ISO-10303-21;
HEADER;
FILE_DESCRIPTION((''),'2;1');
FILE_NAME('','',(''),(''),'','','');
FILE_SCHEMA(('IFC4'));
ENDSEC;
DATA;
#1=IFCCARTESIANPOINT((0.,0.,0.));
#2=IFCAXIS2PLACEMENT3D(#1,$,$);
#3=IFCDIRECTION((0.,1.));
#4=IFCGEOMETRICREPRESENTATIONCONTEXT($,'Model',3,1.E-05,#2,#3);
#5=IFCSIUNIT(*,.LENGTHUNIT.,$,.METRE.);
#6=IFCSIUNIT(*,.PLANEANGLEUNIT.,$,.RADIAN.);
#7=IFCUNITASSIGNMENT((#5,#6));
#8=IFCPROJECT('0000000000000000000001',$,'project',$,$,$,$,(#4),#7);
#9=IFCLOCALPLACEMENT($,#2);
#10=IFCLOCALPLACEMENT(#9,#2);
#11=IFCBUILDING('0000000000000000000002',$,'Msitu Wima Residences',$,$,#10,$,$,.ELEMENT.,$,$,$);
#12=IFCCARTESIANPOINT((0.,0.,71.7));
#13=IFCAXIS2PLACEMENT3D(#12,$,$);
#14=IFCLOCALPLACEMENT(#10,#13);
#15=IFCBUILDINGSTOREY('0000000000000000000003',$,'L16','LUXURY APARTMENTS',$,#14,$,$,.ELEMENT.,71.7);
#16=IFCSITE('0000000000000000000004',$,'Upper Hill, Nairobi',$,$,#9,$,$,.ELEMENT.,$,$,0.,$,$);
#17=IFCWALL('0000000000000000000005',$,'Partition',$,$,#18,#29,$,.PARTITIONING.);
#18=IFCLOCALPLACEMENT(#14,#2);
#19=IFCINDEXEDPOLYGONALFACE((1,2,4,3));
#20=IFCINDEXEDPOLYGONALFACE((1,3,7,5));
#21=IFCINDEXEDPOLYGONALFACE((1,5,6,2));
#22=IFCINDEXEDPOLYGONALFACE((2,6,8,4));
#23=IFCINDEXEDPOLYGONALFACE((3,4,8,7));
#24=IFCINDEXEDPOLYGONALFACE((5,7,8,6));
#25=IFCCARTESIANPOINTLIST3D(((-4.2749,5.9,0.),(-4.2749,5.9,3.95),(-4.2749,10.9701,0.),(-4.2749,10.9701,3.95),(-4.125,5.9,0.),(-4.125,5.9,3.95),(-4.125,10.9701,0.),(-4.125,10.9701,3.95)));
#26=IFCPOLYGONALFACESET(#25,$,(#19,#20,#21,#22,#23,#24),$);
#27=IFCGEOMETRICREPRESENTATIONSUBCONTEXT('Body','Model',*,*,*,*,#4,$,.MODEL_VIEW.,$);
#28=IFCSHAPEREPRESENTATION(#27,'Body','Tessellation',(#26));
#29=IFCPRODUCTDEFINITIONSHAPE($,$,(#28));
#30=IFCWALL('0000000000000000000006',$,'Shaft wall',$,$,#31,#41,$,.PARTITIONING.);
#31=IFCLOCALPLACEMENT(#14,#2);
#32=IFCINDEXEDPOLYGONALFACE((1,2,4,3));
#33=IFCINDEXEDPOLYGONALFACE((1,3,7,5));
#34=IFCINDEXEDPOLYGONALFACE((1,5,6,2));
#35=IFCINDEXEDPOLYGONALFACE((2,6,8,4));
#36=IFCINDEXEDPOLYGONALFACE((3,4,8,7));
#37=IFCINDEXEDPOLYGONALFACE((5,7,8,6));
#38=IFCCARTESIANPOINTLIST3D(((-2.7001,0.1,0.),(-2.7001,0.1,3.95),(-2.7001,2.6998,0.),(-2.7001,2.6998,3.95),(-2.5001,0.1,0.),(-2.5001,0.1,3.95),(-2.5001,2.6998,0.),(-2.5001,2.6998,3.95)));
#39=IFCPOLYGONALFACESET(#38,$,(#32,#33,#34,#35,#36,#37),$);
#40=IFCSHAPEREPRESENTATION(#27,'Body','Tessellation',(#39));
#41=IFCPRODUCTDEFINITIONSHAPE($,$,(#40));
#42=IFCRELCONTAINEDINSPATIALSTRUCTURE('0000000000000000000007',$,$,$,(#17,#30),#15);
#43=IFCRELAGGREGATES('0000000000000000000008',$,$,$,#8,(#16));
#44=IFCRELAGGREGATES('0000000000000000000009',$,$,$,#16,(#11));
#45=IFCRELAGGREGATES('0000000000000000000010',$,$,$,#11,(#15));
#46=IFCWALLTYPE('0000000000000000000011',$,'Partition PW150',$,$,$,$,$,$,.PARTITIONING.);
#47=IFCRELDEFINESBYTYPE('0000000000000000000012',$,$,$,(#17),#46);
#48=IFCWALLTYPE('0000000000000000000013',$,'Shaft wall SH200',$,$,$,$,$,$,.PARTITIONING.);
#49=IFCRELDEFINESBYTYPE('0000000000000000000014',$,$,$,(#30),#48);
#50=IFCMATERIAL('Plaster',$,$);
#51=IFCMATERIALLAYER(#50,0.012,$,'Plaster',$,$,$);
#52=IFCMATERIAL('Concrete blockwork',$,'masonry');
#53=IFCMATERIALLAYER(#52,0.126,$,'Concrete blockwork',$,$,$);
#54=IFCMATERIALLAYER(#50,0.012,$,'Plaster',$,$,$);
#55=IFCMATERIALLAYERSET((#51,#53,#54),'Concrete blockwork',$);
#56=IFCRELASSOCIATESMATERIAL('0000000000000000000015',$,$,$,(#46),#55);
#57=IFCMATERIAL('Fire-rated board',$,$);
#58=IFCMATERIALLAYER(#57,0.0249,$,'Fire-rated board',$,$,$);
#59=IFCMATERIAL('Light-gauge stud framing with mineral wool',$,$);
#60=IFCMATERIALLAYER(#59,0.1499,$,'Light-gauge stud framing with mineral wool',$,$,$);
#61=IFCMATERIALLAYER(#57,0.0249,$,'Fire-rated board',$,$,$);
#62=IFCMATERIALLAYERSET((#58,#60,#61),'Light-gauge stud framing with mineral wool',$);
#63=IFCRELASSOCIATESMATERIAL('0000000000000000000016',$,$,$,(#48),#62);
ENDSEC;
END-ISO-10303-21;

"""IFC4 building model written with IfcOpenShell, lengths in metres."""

from ifc_helpers import new_model, si_unit, direction, frame, frame_2d, origin, place, context, subcontext, project, spatial, rectangle, extrude, material, layer, layer_set, type_object, element, save


model = new_model("IFC4")

# Units and contexts
model_context = context("Model", 3, precision=1e-05, world=origin(), true_north=direction((0.0, 1.0)))
body_context = subcontext(model_context, "Body", "Model", "MODEL_VIEW")
ifc_project = project(units=[si_unit("LENGTHUNIT", "METRE"), si_unit("PLANEANGLEUNIT", "RADIAN")], contexts=[model_context])

# Site, building, storey
site_placement = place(None, origin())
site = spatial("IfcSite", under=ifc_project, at=site_placement, Name="Upper Hill, Nairobi", CompositionType="ELEMENT", RefElevation=0.0)
building_placement = place(site_placement, origin())
building = spatial("IfcBuilding", under=site, at=building_placement, Name="Msitu Wima Residences", CompositionType="ELEMENT")
storey_placement = place(building_placement, frame((0.0, 0.0, 71.7)))
storey = spatial("IfcBuildingStorey", under=building, at=storey_placement, Name="L16", Description="LUXURY APARTMENTS", CompositionType="ELEMENT", Elevation=71.7)

# Walls
ifc_material_1 = material(Name="Plaster")
ifc_layer_1 = layer(ifc_material_1, 0.012, Name="Plaster")
ifc_material_2 = material(Name="Concrete blockwork", Category="masonry")
ifc_layer_2 = layer(ifc_material_2, 0.126, Name="Concrete blockwork")
ifc_layer_3 = layer(ifc_material_1, 0.012, Name="Plaster")
ifc_layer_set_1 = layer_set([ifc_layer_1, ifc_layer_2, ifc_layer_3], Name="Concrete blockwork")
wall_type_1 = type_object("IfcWallType", Name="Partition PW150", PredefinedType="PARTITIONING", material=ifc_layer_set_1)
wall_1_placement = place(storey_placement, frame((-4.2, 5.8999, 0.0), z_axis=(0.0, 0.0, 1.0), x_axis=(0.0, 1.0, 0.0)))
element("IfcWall", 1, at=wall_1_placement, inside=storey, type_object=wall_type_1, Name="Partition", PredefinedType="PARTITIONING", context=body_context, shape_type="SweptSolid", body=[
    extrude(rectangle(XDim=5.0701, YDim=0.1499, at=frame_2d((2.5352, 0.0))), origin(), (0.0, 0.0, 1.0), 3.95),
])
ifc_material_3 = material(Name="Fire-rated board")
ifc_layer_4 = layer(ifc_material_3, 0.0249, Name="Fire-rated board")
ifc_material_4 = material(Name="Light-gauge stud framing with mineral wool")
ifc_layer_5 = layer(ifc_material_4, 0.1499, Name="Light-gauge stud framing with mineral wool")
ifc_layer_6 = layer(ifc_material_3, 0.0249, Name="Fire-rated board")
ifc_layer_set_2 = layer_set([ifc_layer_4, ifc_layer_5, ifc_layer_6], Name="Light-gauge stud framing with mineral wool")
wall_type_2 = type_object("IfcWallType", Name="Shaft wall SH200", PredefinedType="PARTITIONING", material=ifc_layer_set_2)
wall_2_placement = place(storey_placement, frame((-2.6001, 0.1001, 0.0), z_axis=(0.0, 0.0, 1.0), x_axis=(0.0, 1.0, 0.0)))
element("IfcWall", 2, at=wall_2_placement, inside=storey, type_object=wall_type_2, Name="Shaft wall", PredefinedType="PARTITIONING", context=body_context, shape_type="SweptSolid", body=[
    extrude(rectangle(XDim=2.5999, YDim=0.2, at=frame_2d((1.2998, 0.0))), origin(), (0.0, 0.0, 1.0), 3.95),
])

save(model, "model.ifc")
